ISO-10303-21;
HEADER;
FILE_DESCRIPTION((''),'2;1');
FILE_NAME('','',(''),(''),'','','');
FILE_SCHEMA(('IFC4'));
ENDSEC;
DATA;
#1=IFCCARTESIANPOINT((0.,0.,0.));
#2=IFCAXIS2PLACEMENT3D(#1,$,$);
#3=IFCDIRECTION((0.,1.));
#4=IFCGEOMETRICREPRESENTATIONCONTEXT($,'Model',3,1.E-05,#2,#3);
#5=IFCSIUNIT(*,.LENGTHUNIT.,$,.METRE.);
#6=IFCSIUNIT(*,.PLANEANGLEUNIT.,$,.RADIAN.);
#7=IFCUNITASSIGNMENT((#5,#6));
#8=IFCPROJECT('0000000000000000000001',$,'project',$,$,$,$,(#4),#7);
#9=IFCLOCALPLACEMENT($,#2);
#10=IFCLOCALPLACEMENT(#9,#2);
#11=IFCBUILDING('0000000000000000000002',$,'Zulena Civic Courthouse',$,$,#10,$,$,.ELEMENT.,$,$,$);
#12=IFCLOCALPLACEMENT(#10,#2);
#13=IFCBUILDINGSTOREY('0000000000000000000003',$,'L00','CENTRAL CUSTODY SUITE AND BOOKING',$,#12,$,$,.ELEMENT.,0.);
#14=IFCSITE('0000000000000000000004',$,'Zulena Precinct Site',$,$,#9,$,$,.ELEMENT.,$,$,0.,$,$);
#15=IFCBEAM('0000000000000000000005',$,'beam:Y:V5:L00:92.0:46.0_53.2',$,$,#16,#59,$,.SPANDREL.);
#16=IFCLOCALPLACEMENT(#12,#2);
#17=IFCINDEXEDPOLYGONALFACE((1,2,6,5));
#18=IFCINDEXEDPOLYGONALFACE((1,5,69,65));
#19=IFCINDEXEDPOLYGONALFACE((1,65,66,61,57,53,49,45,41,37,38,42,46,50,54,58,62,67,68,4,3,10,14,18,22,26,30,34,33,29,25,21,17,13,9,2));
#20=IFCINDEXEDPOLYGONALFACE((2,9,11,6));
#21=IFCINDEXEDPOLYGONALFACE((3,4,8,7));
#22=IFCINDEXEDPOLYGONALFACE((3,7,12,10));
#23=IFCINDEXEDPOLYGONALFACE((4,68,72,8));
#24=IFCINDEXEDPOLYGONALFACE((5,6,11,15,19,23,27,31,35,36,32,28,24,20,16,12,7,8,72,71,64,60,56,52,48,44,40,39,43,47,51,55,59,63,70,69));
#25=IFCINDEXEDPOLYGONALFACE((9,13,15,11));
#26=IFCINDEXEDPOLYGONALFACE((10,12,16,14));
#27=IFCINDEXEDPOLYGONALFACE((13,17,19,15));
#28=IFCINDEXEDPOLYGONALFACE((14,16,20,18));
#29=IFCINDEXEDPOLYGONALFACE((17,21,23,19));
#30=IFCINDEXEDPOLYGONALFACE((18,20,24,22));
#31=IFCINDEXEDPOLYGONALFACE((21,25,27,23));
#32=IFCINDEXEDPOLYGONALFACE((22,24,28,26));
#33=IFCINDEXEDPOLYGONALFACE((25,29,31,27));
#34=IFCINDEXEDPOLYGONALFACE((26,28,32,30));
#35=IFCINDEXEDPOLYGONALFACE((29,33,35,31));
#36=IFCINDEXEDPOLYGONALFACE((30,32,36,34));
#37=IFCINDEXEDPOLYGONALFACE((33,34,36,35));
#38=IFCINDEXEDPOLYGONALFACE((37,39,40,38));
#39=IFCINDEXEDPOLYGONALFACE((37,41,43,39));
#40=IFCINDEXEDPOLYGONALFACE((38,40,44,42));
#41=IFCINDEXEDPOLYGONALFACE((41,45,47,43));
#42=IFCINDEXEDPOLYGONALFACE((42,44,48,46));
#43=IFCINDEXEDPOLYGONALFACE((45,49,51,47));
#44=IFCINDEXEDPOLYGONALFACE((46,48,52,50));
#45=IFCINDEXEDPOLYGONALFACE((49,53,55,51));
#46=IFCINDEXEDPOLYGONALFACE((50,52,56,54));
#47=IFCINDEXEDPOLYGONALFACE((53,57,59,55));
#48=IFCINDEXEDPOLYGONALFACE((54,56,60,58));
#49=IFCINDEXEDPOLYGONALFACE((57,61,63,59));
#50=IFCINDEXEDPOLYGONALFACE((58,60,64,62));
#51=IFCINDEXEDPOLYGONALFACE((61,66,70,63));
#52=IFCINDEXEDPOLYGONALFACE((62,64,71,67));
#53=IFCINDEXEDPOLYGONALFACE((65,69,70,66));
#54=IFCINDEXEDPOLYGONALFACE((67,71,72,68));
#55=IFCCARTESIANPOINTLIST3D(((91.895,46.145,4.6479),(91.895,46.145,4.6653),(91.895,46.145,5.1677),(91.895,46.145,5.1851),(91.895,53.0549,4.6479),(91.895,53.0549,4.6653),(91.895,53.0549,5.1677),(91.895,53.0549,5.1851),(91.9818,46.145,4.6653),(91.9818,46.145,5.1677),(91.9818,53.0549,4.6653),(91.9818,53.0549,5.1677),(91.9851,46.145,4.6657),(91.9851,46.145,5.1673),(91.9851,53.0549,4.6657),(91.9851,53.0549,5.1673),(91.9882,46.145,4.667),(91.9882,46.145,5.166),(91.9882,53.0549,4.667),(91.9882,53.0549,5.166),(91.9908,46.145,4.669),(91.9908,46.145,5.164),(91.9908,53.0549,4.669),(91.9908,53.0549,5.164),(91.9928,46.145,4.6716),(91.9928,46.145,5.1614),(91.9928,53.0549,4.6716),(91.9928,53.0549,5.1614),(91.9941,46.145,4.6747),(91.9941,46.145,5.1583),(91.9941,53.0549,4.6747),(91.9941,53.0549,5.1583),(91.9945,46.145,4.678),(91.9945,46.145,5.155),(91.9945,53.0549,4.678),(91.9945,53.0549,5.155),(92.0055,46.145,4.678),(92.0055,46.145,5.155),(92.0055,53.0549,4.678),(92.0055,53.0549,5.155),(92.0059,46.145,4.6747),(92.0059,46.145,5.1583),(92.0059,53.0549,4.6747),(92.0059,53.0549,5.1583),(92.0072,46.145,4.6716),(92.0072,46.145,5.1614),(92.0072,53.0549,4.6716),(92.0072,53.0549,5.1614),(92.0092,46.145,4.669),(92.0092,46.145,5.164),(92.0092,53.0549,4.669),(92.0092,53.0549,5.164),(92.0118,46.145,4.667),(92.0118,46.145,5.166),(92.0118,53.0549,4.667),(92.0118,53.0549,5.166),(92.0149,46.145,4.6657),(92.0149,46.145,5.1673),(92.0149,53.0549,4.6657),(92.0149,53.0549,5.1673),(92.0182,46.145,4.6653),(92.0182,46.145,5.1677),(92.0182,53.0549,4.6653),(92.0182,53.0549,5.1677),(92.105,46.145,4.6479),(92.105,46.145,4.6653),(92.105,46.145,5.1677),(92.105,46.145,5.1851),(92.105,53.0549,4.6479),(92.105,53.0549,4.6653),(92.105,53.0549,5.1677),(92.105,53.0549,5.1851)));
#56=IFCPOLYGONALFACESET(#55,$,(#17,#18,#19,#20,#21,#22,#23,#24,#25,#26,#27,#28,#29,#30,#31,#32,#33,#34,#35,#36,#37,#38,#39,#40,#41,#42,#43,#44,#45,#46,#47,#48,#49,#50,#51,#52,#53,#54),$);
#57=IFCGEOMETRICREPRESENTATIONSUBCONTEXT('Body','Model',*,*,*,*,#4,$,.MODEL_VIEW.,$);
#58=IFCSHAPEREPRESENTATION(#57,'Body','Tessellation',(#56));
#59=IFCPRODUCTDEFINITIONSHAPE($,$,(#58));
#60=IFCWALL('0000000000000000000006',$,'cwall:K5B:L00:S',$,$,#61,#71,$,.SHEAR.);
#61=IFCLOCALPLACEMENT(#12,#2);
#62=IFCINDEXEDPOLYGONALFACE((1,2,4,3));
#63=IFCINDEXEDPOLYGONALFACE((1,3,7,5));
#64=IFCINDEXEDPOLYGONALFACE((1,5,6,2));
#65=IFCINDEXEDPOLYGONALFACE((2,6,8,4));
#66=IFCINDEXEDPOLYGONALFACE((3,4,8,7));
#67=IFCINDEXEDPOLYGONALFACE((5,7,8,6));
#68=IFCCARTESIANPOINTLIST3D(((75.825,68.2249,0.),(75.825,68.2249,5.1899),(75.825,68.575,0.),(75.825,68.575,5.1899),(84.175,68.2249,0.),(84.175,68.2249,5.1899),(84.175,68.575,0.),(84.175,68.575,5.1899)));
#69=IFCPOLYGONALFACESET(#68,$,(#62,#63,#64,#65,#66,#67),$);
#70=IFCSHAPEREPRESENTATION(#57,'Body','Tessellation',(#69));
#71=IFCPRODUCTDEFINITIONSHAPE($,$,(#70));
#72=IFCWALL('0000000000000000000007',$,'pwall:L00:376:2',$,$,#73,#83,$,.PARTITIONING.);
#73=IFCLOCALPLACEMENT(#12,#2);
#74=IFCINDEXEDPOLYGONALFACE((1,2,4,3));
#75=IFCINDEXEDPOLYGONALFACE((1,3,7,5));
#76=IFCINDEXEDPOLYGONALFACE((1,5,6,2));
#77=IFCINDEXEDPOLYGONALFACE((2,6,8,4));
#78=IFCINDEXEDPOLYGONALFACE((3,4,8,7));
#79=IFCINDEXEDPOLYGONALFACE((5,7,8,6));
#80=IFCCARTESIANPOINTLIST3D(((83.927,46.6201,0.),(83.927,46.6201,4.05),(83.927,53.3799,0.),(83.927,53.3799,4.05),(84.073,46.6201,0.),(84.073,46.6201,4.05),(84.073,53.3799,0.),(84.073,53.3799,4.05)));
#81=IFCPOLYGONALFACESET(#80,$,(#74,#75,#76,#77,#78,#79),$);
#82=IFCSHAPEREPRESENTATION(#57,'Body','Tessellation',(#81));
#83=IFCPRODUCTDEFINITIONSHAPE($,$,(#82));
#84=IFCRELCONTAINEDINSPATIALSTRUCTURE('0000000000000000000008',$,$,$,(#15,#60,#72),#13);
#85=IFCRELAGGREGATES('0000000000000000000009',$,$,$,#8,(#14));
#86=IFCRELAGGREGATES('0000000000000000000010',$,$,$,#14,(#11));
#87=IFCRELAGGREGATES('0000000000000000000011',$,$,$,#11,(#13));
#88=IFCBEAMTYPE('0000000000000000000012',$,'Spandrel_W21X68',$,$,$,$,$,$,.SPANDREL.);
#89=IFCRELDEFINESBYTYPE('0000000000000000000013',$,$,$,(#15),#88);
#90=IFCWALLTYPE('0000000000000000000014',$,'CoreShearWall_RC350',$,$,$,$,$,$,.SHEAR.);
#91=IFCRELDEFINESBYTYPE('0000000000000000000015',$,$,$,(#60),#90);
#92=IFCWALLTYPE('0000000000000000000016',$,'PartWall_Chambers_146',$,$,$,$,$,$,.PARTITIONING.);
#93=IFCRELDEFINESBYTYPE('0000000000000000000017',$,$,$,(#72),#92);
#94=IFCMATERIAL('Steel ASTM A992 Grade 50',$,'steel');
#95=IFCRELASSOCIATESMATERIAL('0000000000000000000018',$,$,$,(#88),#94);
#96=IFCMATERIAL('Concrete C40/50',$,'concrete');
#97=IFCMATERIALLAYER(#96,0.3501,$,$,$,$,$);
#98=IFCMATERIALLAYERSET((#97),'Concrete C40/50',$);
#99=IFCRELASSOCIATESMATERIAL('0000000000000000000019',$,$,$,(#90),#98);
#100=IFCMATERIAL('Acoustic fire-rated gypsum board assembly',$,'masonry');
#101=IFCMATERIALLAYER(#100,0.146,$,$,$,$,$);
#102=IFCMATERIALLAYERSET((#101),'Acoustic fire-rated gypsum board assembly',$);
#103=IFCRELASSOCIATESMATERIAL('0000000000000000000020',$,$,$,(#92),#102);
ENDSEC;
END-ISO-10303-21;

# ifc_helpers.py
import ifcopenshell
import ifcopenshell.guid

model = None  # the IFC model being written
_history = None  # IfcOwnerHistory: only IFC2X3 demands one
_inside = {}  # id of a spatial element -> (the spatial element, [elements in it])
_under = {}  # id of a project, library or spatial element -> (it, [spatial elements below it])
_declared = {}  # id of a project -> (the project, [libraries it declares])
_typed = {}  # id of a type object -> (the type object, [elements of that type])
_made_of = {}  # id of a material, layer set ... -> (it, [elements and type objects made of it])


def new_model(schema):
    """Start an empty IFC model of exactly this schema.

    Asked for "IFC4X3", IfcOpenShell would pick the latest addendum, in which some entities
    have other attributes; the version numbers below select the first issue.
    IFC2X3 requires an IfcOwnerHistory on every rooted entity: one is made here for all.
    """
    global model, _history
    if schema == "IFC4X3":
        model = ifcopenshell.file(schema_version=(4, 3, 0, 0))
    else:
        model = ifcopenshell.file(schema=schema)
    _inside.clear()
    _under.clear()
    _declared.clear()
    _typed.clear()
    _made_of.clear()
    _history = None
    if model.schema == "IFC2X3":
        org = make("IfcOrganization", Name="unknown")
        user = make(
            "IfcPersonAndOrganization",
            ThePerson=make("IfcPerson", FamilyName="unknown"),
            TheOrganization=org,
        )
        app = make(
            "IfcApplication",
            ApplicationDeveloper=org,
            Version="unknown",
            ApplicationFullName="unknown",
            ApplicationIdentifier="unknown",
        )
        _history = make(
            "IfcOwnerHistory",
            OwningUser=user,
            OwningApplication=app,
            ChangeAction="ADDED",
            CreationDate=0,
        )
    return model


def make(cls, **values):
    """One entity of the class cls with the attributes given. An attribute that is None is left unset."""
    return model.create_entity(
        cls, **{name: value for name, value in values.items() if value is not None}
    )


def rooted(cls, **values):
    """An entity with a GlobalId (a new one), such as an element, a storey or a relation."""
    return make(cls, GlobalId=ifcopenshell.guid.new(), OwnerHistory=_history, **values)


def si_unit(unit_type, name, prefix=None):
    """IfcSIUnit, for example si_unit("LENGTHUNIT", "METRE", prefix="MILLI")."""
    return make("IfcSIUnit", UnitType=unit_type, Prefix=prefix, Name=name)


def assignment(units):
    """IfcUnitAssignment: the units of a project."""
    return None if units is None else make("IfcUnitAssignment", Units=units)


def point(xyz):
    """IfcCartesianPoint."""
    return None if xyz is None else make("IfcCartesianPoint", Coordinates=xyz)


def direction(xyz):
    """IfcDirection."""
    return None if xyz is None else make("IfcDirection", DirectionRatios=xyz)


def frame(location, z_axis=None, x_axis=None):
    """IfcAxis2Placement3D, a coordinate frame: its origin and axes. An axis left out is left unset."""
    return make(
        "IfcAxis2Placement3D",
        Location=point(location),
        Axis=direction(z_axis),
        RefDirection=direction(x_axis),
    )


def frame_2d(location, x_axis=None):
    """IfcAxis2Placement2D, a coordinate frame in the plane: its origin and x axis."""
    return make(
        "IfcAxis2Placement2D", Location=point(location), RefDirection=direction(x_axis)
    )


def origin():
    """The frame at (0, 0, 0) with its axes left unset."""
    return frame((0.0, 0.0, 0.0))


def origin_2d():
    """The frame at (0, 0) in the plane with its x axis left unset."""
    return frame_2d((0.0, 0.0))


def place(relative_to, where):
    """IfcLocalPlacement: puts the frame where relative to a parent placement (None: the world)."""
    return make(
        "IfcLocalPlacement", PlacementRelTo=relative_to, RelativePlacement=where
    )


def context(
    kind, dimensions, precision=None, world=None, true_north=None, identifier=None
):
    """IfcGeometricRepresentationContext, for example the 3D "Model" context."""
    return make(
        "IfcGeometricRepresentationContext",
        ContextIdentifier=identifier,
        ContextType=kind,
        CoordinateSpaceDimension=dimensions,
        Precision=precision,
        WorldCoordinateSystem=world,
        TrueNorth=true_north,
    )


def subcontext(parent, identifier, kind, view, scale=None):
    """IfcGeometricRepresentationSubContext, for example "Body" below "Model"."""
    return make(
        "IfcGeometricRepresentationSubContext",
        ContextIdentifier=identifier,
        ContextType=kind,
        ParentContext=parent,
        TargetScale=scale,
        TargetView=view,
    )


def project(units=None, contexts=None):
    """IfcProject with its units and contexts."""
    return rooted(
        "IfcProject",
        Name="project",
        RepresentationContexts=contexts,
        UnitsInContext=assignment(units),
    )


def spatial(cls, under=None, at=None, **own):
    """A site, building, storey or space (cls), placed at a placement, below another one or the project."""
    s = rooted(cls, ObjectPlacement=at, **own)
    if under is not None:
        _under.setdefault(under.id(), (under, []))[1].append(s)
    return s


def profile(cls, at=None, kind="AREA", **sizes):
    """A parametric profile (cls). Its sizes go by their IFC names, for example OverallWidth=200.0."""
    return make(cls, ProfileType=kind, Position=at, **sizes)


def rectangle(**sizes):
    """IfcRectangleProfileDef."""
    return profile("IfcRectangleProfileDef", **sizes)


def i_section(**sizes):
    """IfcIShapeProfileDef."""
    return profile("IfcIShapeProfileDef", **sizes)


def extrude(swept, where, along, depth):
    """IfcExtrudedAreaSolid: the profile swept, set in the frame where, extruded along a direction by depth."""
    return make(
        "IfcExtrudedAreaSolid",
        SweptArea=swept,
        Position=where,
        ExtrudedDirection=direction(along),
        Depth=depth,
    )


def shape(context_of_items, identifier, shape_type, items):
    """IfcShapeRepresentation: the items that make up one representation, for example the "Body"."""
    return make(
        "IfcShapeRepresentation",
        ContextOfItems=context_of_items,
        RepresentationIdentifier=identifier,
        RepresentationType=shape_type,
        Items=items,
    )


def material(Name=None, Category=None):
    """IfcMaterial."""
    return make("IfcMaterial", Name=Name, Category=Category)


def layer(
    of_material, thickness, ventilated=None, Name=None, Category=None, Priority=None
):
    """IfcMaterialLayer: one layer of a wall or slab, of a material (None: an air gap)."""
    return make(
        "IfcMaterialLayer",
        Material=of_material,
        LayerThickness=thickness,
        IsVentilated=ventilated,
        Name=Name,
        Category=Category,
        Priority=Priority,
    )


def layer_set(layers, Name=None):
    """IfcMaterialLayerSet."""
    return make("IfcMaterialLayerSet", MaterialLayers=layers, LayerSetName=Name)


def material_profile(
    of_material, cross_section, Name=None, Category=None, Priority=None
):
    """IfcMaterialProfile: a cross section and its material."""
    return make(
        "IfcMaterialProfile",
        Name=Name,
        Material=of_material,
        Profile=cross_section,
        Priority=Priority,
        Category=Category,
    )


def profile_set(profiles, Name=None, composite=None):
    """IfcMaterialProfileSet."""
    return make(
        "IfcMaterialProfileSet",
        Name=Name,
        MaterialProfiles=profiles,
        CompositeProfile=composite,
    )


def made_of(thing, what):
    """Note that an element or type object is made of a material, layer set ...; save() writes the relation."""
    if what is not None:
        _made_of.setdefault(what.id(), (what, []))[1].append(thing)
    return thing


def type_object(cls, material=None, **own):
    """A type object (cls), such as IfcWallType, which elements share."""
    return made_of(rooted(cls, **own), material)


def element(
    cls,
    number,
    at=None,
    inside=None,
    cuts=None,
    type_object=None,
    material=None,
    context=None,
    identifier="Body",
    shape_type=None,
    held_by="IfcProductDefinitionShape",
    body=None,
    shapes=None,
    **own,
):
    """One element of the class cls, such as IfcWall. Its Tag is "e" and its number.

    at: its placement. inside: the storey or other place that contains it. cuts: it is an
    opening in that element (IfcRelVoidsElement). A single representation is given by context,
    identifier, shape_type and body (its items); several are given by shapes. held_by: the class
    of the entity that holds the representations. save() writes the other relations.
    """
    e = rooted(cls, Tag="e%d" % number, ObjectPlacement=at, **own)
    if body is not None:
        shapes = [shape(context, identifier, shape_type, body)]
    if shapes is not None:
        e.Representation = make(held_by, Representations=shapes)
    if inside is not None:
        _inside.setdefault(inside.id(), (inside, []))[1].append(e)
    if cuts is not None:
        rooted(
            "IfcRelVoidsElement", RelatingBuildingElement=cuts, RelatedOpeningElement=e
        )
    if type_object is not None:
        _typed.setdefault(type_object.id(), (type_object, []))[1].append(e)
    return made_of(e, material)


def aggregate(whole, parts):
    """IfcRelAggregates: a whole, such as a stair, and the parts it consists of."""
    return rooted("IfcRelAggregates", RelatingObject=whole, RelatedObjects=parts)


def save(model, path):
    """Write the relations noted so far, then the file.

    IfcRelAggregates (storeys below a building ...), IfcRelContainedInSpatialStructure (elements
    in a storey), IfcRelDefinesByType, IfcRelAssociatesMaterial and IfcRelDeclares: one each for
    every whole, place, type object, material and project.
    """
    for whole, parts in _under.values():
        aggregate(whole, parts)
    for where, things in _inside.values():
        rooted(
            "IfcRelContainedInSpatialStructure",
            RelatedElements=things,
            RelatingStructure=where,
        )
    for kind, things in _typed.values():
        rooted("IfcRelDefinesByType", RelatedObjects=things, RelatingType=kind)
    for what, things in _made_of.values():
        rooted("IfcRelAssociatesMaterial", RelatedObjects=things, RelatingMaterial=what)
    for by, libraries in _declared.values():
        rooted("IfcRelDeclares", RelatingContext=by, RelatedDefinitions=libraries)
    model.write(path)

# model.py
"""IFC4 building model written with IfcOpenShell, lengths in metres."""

from ifc_helpers import new_model, si_unit, direction, frame, frame_2d, origin, origin_2d, place, context, subcontext, project, spatial, rectangle, i_section, extrude, material, layer, layer_set, material_profile, profile_set, type_object, element, save


model = new_model("IFC4")

# Units and contexts
model_context = context("Model", 3, precision=1e-05, world=origin(), true_north=direction((0.0, 1.0)))
body_context = subcontext(model_context, "Body", "Model", "MODEL_VIEW")
ifc_project = project(units=[si_unit("LENGTHUNIT", "METRE"), si_unit("PLANEANGLEUNIT", "RADIAN")], contexts=[model_context])

# Site, building, storey
site_placement = place(None, origin())
site = spatial("IfcSite", under=ifc_project, at=site_placement, Name="Zulena Precinct Site", CompositionType="ELEMENT", RefElevation=0.0)
building_placement = place(site_placement, origin())
building = spatial("IfcBuilding", under=site, at=building_placement, Name="Zulena Civic Courthouse", CompositionType="ELEMENT")
storey_placement = place(building_placement, origin())
storey = spatial("IfcBuildingStorey", under=building, at=storey_placement, Name="L00", Description="CENTRAL CUSTODY SUITE AND BOOKING", CompositionType="ELEMENT", Elevation=0.0)

# Shared definitions
ifc_material_1 = material(Name="Steel ASTM A992 Grade 50", Category="steel")

# Beam
ifc_material_profile_1 = material_profile(ifc_material_1, i_section(OverallWidth=0.21, OverallDepth=0.5371, WebThickness=0.011, FlangeThickness=0.0173, FilletRadius=0.0127, at=origin_2d()), Name="W21X68")
ifc_profile_set_1 = profile_set([ifc_material_profile_1], Name="Steel ASTM A992 Grade 50")
beam_type_1 = type_object("IfcBeamType", Name="Spandrel_W21X68", PredefinedType="SPANDREL", material=ifc_profile_set_1)
for number, where, z_axis, x_axis, name in (
    (1, (92.0, 46.145, 4.9165), (0.0, 1.0, 0.0), (-1.0, 0.0, 0.0), "beam:Y:V5:L00:92.0:46.0_53.2"),
):
    element("IfcBeam", number, at=place(storey_placement, frame(where, z_axis=z_axis, x_axis=x_axis)), inside=storey, type_object=beam_type_1, Name=name, PredefinedType="SPANDREL", context=body_context, shape_type="SweptSolid", body=[
        extrude(i_section(OverallWidth=0.21, OverallDepth=0.5371, WebThickness=0.011, FlangeThickness=0.0173, FilletRadius=0.0127, at=origin_2d()), origin(), (0.0, 0.0, 1.0), 6.9099),
    ])

# Walls
ifc_material_2 = material(Name="Concrete C40/50", Category="concrete")
ifc_layer_1 = layer(ifc_material_2, 0.3501)
ifc_layer_set_1 = layer_set([ifc_layer_1], Name="Concrete C40/50")
wall_type_1 = type_object("IfcWallType", Name="CoreShearWall_RC350", PredefinedType="SHEAR", material=ifc_layer_set_1)
wall_1_placement = place(storey_placement, frame((75.825, 68.3999, 0.0), z_axis=(0.0, 0.0, 1.0), x_axis=(1.0, 0.0, 0.0)))
element("IfcWall", 2, at=wall_1_placement, inside=storey, type_object=wall_type_1, Name="cwall:K5B:L00:S", PredefinedType="SHEAR", context=body_context, shape_type="SweptSolid", body=[
    extrude(rectangle(XDim=8.3501, YDim=0.3501, at=frame_2d((4.175, 0.0))), origin(), (0.0, 0.0, 1.0), 5.1899),
])
ifc_material_3 = material(Name="Acoustic fire-rated gypsum board assembly", Category="masonry")
ifc_layer_2 = layer(ifc_material_3, 0.146)
ifc_layer_set_2 = layer_set([ifc_layer_2], Name="Acoustic fire-rated gypsum board assembly")
wall_type_2 = type_object("IfcWallType", Name="PartWall_Chambers_146", PredefinedType="PARTITIONING", material=ifc_layer_set_2)
wall_2_placement = place(storey_placement, frame((84.0, 46.6201, 0.0), z_axis=(0.0, 0.0, 1.0), x_axis=(0.0, 1.0, 0.0)))
element("IfcWall", 3, at=wall_2_placement, inside=storey, type_object=wall_type_2, Name="pwall:L00:376:2", PredefinedType="PARTITIONING", context=body_context, shape_type="SweptSolid", body=[
    extrude(rectangle(XDim=6.7598, YDim=0.146, at=frame_2d((3.3799, 0.0))), origin(), (0.0, 0.0, 1.0), 4.05),
])

save(model, "model.ifc")
